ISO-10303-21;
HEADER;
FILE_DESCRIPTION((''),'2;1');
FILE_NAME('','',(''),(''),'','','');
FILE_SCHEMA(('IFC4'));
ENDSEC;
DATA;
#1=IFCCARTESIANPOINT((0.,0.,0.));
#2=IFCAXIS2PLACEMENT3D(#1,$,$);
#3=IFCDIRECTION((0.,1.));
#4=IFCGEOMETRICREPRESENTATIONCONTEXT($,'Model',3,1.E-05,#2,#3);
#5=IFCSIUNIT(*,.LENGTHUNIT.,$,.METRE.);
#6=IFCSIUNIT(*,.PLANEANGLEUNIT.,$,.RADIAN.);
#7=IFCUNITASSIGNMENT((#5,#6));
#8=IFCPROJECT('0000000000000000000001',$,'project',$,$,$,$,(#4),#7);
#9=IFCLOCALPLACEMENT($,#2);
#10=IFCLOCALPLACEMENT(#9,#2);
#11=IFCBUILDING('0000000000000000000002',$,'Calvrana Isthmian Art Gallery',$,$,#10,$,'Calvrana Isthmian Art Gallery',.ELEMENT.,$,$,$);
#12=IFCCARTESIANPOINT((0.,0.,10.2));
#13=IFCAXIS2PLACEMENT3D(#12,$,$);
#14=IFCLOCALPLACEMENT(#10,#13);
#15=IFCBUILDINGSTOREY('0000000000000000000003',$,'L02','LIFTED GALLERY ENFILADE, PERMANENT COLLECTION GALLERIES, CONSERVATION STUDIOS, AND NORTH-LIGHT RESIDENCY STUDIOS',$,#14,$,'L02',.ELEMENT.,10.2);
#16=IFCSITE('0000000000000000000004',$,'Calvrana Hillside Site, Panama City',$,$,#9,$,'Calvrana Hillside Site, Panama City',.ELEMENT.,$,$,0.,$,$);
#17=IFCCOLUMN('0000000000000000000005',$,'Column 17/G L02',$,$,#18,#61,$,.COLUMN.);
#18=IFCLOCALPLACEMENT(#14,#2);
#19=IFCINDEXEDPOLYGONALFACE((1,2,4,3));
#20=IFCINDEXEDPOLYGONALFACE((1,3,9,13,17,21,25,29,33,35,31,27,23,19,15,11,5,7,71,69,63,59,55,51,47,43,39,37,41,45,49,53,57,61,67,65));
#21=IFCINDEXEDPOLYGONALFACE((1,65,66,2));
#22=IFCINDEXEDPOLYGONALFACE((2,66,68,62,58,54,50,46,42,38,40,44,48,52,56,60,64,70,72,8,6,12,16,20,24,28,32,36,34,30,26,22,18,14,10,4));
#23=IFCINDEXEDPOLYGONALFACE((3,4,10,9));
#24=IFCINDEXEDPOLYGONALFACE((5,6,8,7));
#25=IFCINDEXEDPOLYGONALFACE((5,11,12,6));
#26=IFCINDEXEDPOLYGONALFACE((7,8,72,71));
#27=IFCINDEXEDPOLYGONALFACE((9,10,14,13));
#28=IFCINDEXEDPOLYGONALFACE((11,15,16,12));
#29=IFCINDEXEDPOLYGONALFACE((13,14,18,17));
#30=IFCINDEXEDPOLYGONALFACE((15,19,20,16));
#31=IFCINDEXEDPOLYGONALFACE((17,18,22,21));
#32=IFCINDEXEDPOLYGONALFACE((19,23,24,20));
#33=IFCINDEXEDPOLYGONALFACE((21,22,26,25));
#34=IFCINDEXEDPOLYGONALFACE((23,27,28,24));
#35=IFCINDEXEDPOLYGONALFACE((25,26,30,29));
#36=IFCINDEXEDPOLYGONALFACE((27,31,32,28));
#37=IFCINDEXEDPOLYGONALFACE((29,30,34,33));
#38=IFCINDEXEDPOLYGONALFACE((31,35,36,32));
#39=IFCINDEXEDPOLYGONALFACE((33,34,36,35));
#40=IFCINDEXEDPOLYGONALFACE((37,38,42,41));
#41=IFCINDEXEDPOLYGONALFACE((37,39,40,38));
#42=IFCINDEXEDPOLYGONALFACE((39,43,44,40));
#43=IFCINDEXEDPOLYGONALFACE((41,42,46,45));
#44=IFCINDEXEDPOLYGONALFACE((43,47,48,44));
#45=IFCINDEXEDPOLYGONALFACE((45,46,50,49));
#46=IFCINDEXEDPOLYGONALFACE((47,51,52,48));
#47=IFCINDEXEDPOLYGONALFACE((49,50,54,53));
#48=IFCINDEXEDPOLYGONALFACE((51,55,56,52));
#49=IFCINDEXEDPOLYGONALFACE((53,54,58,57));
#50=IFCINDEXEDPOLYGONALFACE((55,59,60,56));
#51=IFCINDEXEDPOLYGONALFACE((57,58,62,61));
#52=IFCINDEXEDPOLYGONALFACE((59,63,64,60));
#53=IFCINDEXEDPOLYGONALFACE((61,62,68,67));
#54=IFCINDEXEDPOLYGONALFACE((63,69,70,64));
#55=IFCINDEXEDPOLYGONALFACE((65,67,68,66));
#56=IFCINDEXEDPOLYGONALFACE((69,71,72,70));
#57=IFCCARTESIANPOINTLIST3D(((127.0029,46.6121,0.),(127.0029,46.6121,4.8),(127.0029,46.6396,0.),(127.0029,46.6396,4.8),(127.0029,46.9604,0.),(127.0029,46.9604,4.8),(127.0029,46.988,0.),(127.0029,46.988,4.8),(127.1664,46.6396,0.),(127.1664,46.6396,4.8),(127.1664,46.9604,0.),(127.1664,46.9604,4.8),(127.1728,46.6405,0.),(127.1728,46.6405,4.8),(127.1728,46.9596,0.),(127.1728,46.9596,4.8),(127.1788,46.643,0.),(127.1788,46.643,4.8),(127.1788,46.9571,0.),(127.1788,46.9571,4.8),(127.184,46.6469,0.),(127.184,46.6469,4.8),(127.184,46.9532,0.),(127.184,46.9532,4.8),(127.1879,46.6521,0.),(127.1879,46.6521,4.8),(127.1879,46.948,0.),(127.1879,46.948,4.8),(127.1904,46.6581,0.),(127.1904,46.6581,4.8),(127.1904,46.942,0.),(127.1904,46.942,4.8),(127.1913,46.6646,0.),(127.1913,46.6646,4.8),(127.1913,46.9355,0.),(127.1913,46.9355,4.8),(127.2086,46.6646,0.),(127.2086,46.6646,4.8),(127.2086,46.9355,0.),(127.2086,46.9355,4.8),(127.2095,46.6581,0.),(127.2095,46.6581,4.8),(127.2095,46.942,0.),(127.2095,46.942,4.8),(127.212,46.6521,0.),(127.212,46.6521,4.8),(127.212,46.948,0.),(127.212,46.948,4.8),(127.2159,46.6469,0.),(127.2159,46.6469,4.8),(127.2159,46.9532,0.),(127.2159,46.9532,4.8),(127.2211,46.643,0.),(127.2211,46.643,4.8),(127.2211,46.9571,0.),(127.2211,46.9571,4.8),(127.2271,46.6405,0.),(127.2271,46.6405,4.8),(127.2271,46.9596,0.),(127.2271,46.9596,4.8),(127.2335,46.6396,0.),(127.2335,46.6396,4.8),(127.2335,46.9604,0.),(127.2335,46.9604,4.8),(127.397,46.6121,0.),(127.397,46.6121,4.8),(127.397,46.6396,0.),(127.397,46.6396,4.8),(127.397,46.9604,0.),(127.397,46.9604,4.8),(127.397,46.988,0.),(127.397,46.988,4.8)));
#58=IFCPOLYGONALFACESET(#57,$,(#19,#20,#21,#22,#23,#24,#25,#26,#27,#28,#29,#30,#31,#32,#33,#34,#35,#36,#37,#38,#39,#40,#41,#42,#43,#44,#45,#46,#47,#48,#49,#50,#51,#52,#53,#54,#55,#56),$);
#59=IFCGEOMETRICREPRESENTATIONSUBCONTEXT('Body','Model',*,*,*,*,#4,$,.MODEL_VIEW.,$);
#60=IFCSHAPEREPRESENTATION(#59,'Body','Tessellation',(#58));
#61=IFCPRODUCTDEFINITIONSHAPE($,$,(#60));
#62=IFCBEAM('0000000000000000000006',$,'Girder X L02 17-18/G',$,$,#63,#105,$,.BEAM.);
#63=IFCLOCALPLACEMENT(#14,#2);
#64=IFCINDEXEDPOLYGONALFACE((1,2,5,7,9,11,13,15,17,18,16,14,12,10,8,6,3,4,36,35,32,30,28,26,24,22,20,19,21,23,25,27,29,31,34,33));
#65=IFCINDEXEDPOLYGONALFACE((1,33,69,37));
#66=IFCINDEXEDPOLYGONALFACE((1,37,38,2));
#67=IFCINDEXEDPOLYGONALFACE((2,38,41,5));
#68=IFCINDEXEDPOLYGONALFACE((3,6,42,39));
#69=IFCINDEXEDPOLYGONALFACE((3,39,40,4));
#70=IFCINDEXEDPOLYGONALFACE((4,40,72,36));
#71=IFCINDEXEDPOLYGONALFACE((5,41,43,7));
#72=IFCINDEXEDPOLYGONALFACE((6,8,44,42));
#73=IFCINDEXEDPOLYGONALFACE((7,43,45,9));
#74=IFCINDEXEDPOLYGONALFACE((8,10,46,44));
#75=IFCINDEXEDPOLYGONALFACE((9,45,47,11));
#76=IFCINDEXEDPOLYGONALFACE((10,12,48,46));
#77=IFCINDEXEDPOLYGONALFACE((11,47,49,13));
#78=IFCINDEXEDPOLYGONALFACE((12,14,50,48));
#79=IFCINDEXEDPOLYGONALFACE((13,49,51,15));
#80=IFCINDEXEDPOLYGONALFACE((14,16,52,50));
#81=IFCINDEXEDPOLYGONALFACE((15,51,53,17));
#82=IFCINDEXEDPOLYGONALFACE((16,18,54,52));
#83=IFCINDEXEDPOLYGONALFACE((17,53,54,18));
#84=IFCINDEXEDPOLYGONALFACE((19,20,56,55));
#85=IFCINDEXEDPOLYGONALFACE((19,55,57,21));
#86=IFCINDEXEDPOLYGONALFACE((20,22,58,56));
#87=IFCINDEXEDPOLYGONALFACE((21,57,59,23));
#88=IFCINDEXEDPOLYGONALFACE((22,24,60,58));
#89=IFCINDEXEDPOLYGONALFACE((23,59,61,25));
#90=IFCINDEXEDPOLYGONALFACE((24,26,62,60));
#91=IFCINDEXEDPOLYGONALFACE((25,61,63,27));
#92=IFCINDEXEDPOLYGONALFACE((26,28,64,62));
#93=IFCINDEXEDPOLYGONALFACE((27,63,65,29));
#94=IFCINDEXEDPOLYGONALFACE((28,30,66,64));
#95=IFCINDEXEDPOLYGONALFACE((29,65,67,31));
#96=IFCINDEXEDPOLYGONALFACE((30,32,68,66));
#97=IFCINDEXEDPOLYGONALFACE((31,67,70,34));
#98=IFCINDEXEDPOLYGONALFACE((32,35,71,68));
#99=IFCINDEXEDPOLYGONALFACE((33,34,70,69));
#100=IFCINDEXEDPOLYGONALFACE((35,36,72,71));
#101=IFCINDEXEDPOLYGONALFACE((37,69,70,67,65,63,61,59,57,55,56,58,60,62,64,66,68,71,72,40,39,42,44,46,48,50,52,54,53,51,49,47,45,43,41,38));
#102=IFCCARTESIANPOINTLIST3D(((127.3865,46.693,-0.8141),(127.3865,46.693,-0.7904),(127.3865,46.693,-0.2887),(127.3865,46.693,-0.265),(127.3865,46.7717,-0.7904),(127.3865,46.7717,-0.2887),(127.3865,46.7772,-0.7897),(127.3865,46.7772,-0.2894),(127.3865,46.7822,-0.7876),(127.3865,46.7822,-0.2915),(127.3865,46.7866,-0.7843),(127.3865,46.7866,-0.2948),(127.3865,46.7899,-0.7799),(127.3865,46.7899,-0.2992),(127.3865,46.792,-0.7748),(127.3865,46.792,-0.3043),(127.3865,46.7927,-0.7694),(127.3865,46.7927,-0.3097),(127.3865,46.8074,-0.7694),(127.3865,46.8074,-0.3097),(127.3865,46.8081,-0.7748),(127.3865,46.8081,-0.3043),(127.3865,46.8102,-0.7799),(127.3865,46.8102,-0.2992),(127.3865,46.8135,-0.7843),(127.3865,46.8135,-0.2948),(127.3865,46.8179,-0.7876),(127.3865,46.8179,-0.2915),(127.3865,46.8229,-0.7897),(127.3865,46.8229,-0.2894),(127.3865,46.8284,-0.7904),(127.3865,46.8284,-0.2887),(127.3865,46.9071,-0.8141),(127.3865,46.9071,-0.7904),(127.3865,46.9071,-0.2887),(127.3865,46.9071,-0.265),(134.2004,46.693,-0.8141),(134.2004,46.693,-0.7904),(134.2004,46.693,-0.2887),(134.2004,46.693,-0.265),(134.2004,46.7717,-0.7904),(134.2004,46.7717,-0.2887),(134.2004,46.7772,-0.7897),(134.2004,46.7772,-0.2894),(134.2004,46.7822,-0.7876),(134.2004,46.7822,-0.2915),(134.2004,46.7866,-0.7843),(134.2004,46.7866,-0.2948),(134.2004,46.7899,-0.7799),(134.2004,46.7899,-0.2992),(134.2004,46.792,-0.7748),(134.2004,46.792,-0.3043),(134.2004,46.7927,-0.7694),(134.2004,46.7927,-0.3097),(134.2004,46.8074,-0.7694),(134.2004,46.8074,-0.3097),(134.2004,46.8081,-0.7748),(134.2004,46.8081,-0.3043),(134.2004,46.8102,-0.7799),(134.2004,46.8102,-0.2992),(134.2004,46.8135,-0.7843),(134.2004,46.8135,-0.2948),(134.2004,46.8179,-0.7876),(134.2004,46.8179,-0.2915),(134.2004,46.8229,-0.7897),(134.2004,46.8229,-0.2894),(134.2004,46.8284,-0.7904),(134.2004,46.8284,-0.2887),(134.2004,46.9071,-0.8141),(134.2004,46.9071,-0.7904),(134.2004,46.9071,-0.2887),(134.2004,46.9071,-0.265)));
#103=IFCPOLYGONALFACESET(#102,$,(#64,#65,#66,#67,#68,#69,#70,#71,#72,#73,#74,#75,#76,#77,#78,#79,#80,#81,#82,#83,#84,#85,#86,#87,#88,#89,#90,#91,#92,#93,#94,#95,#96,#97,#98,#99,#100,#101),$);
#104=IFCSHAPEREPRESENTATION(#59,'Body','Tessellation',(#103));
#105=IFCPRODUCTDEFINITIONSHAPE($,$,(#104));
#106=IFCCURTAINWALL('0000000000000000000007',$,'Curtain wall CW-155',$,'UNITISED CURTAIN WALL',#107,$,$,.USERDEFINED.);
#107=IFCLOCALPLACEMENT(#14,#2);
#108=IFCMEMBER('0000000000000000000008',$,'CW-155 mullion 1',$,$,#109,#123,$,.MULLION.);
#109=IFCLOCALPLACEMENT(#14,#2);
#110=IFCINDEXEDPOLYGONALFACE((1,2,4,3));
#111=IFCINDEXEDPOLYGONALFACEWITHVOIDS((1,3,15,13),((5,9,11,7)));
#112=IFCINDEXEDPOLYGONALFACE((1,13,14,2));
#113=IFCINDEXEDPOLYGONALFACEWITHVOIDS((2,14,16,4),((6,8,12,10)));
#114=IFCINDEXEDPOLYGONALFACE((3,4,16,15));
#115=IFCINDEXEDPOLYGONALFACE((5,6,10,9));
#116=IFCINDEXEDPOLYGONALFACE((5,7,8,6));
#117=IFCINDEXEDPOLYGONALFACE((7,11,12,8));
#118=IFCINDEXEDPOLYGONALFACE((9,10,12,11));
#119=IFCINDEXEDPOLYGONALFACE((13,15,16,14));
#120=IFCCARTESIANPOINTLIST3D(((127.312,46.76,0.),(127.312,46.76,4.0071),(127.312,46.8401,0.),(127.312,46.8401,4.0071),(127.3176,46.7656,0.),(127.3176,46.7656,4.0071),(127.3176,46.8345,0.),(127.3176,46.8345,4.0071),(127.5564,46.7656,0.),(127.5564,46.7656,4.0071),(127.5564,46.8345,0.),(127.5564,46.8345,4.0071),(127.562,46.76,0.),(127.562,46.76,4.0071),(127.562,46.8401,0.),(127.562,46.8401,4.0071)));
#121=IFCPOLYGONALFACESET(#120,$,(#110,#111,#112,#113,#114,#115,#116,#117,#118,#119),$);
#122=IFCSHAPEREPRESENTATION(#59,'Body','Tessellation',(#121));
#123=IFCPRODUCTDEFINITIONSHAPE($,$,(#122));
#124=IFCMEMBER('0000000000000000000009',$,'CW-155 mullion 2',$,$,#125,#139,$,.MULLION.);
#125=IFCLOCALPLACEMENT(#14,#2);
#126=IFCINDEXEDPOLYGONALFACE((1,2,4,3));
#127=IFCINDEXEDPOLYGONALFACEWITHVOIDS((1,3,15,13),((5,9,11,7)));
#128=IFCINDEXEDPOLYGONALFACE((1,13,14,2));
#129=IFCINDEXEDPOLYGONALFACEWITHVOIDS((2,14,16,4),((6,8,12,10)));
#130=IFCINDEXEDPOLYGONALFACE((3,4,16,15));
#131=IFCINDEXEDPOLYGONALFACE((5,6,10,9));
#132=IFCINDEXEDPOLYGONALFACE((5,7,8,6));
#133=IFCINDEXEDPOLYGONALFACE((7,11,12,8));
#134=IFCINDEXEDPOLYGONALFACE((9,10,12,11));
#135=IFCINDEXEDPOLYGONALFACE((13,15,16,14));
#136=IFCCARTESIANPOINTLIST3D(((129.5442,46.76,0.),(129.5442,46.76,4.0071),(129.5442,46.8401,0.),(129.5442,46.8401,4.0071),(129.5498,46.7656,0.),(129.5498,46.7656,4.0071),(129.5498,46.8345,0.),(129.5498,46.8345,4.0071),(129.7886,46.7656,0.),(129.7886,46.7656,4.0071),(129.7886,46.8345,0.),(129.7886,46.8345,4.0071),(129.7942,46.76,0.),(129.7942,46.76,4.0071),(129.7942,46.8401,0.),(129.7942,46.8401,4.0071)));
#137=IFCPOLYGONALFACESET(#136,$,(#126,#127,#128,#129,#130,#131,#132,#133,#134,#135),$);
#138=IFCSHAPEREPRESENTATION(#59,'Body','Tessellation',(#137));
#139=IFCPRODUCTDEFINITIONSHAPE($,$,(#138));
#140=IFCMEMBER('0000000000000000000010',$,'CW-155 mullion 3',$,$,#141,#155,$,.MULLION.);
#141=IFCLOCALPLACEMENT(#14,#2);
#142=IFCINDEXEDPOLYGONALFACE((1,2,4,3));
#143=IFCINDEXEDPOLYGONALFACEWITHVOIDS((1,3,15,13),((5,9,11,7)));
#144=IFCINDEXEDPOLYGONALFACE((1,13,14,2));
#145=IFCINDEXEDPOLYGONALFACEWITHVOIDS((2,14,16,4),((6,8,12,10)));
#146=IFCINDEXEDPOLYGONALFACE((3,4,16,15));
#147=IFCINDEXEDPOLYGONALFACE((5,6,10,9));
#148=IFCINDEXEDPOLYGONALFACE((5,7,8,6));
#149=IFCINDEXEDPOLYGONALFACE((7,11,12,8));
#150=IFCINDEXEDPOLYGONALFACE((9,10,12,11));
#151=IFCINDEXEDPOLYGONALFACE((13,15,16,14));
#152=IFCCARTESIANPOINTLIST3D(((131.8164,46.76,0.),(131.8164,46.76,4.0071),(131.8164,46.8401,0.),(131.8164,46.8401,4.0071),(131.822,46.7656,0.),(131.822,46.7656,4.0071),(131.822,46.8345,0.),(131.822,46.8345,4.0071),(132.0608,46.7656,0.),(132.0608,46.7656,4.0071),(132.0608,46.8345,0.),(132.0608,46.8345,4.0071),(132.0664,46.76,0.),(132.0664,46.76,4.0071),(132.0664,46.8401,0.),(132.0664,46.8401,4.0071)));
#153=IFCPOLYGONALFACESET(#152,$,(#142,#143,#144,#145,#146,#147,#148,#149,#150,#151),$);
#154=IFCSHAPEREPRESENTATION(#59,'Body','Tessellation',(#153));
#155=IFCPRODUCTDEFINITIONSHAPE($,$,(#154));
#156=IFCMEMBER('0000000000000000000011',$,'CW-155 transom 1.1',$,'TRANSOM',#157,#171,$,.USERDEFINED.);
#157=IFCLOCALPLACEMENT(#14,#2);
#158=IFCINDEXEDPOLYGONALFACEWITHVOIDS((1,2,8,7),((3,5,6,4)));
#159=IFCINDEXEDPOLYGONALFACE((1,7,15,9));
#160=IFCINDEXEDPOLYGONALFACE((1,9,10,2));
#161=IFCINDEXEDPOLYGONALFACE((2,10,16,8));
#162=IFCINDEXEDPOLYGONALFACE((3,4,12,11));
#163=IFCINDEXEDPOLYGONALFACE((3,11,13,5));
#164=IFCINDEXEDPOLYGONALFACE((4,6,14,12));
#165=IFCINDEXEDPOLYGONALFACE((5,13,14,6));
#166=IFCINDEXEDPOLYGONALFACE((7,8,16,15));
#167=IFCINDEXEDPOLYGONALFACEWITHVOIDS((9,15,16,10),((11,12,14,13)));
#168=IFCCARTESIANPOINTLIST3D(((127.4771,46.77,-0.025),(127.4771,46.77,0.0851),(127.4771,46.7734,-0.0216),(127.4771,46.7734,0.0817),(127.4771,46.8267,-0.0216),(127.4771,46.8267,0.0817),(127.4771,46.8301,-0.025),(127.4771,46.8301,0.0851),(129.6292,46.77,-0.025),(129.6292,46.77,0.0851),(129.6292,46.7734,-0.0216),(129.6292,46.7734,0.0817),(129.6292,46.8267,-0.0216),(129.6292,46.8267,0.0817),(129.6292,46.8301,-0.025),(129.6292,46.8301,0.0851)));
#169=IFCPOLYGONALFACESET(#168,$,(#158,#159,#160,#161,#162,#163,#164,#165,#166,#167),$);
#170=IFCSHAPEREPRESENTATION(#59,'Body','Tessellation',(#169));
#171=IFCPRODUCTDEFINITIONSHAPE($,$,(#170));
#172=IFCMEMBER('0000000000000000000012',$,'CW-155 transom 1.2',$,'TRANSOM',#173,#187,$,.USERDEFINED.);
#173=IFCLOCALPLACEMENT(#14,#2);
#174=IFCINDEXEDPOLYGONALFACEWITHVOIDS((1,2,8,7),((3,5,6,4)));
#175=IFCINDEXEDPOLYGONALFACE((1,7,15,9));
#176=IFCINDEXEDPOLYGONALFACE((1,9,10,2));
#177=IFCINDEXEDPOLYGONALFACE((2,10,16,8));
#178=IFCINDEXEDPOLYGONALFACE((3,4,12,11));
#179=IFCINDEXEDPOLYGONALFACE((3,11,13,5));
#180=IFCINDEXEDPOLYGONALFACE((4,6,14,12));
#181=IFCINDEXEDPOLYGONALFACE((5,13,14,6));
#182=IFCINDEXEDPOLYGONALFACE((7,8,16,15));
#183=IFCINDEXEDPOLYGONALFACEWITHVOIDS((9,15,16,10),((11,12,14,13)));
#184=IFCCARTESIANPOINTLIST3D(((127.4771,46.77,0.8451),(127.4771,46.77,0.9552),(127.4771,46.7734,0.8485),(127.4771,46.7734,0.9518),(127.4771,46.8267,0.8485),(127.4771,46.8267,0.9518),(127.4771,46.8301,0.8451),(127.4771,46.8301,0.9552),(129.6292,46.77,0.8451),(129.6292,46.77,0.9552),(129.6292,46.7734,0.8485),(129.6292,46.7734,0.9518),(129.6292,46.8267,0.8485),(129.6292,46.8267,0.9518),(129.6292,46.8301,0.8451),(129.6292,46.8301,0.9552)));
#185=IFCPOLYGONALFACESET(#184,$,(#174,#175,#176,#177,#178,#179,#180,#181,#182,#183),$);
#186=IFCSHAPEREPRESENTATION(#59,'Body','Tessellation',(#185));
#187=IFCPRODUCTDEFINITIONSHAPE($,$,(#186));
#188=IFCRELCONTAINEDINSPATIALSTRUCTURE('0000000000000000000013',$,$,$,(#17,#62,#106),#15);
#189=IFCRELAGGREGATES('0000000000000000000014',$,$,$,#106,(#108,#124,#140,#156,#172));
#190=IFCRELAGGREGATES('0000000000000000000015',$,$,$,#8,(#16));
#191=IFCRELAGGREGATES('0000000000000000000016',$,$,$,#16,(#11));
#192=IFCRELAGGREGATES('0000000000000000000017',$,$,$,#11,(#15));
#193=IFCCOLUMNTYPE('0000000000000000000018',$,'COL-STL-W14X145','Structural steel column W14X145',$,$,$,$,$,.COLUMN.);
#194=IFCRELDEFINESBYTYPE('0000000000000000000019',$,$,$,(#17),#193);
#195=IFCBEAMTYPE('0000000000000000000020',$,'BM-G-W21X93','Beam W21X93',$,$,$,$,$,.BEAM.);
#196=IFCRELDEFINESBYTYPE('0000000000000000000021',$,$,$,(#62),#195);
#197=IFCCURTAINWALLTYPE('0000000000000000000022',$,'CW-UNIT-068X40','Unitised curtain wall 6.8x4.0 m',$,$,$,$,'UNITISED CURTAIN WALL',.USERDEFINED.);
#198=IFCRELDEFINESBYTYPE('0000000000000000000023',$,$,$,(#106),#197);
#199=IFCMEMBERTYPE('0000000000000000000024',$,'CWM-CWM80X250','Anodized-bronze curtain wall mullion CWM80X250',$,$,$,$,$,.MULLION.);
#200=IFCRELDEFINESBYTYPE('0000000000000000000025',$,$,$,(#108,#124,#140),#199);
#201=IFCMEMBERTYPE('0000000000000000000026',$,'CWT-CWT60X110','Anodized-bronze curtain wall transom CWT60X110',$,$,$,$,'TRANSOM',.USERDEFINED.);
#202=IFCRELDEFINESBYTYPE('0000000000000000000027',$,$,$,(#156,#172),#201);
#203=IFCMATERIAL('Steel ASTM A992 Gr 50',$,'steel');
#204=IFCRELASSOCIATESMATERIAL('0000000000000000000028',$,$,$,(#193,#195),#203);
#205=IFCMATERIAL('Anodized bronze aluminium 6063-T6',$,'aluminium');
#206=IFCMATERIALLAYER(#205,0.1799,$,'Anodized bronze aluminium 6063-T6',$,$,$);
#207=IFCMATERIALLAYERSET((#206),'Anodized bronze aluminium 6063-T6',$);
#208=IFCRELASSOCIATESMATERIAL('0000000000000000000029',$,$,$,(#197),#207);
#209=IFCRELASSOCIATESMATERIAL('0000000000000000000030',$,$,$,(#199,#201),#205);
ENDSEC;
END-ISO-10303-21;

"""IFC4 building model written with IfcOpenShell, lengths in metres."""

from ifc_helpers import new_model, si_unit, direction, frame, origin, origin_2d, place, context, subcontext, project, spatial, hollow_rectangle, i_section, extrude, material, layer, layer_set, material_profile, profile_set, type_object, element, aggregate, save


model = new_model("IFC4")

# Units and contexts
model_context = context("Model", 3, precision=1e-05, world=origin(), true_north=direction((0.0, 1.0)))
body_context = subcontext(model_context, "Body", "Model", "MODEL_VIEW")
ifc_project = project(units=[si_unit("LENGTHUNIT", "METRE"), si_unit("PLANEANGLEUNIT", "RADIAN")], contexts=[model_context])

# Site, building, storey
site_placement = place(None, origin())
site = spatial("IfcSite", under=ifc_project, at=site_placement, Name="Calvrana Hillside Site, Panama City", LongName="Calvrana Hillside Site, Panama City", CompositionType="ELEMENT", RefElevation=0.0)
building_placement = place(site_placement, origin())
building = spatial("IfcBuilding", under=site, at=building_placement, Name="Calvrana Isthmian Art Gallery", LongName="Calvrana Isthmian Art Gallery", CompositionType="ELEMENT")
storey_placement = place(building_placement, frame((0.0, 0.0, 10.2)))
storey = spatial("IfcBuildingStorey", under=building, at=storey_placement, Name="L02", Description="LIFTED GALLERY ENFILADE, PERMANENT COLLECTION GALLERIES, CONSERVATION STUDIOS, AND NORTH-LIGHT RESIDENCY STUDIOS", LongName="L02", CompositionType="ELEMENT", Elevation=10.2)

# Column
ifc_material_1 = material(Name="Steel ASTM A992 Gr 50", Category="steel")
ifc_material_profile_1 = material_profile(ifc_material_1, i_section(OverallWidth=0.394, OverallDepth=0.376, WebThickness=0.0173, FlangeThickness=0.0276, FilletRadius=0.0249, at=origin_2d()), Name="W14X145")
ifc_profile_set_1 = profile_set([ifc_material_profile_1], Name="Steel ASTM A992 Gr 50")
column_type = type_object("IfcColumnType", Name="COL-STL-W14X145", Description="Structural steel column W14X145", PredefinedType="COLUMN", material=ifc_profile_set_1)
column_placement = place(storey_placement, frame((127.2, 46.8, 0.0), z_axis=(0.0, 0.0, 1.0), x_axis=(1.0, 0.0, 0.0)))
element("IfcColumn", 1, at=column_placement, inside=storey, type_object=column_type, Name="Column 17/G L02", PredefinedType="COLUMN", context=body_context, shape_type="SweptSolid", body=[
    extrude(i_section(OverallWidth=0.394, OverallDepth=0.376, WebThickness=0.0173, FlangeThickness=0.0276, FilletRadius=0.0249, at=origin_2d()), origin(), (0.0, 0.0, 1.0), 4.8),
])

# Beam
ifc_material_profile_2 = material_profile(ifc_material_1, i_section(OverallWidth=0.2141, OverallDepth=0.5491, WebThickness=0.0146, FlangeThickness=0.0237, FilletRadius=0.021, at=origin_2d()), Name="W21X93")
ifc_profile_set_2 = profile_set([ifc_material_profile_2], Name="Steel ASTM A992 Gr 50")
beam_type = type_object("IfcBeamType", Name="BM-G-W21X93", Description="Beam W21X93", PredefinedType="BEAM", material=ifc_profile_set_2)
beam_placement = place(storey_placement, frame((127.3865, 46.8, -0.5396), z_axis=(1.0, 0.0, 0.0), x_axis=(0.0, 1.0, 0.0)))
element("IfcBeam", 2, at=beam_placement, inside=storey, type_object=beam_type, Name="Girder X L02 17-18/G", PredefinedType="BEAM", context=body_context, shape_type="SweptSolid", body=[
    extrude(i_section(OverallWidth=0.2141, OverallDepth=0.5491, WebThickness=0.0146, FlangeThickness=0.0237, FilletRadius=0.021, at=origin_2d()), origin(), (0.0, 0.0, 1.0), 6.814),
])

# Curtain wall, members
ifc_material_2 = material(Name="Anodized bronze aluminium 6063-T6", Category="aluminium")
ifc_layer_1 = layer(ifc_material_2, 0.1799, Name="Anodized bronze aluminium 6063-T6")
ifc_layer_set_1 = layer_set([ifc_layer_1], Name="Anodized bronze aluminium 6063-T6")
curtain_wall_type = type_object("IfcCurtainWallType", Name="CW-UNIT-068X40", Description="Unitised curtain wall 6.8x4.0 m", ElementType="UNITISED CURTAIN WALL", PredefinedType="USERDEFINED", material=ifc_layer_set_1)
curtain_wall_placement = place(storey_placement, origin())
curtain_wall = element("IfcCurtainWall", 3, at=curtain_wall_placement, inside=storey, type_object=curtain_wall_type, Name="Curtain wall CW-155", ObjectType="UNITISED CURTAIN WALL", PredefinedType="USERDEFINED")
ifc_material_profile_3 = material_profile(ifc_material_2, hollow_rectangle(XDim=0.0801, YDim=0.25, WallThickness=0.0056, at=origin_2d()), Name="CWM80X250")
ifc_profile_set_3 = profile_set([ifc_material_profile_3], Name="Anodized bronze aluminium 6063-T6")
member_type_1 = type_object("IfcMemberType", Name="CWM-CWM80X250", Description="Anodized-bronze curtain wall mullion CWM80X250", PredefinedType="MULLION", material=ifc_profile_set_3)
member_1_placement = place(storey_placement, frame((127.437, 46.8, 0.0), z_axis=(0.0, 0.0, 1.0), x_axis=(0.0, 1.0, 0.0)))
member_1 = element("IfcMember", 4, at=member_1_placement, type_object=member_type_1, Name="CW-155 mullion 1", PredefinedType="MULLION", context=body_context, shape_type="SweptSolid", body=[
    extrude(hollow_rectangle(XDim=0.0801, YDim=0.25, WallThickness=0.0056, at=origin_2d()), origin(), (0.0, 0.0, 1.0), 4.0071),
])
member_2_placement = place(storey_placement, frame((129.6692, 46.8, 0.0), z_axis=(0.0, 0.0, 1.0), x_axis=(0.0, 1.0, 0.0)))
member_2 = element("IfcMember", 5, at=member_2_placement, type_object=member_type_1, Name="CW-155 mullion 2", PredefinedType="MULLION", context=body_context, shape_type="SweptSolid", body=[
    extrude(hollow_rectangle(XDim=0.0801, YDim=0.25, WallThickness=0.0056, at=origin_2d()), origin(), (0.0, 0.0, 1.0), 4.0071),
])
member_3_placement = place(storey_placement, frame((131.9414, 46.8, 0.0), z_axis=(0.0, 0.0, 1.0), x_axis=(0.0, 1.0, 0.0)))
member_3 = element("IfcMember", 6, at=member_3_placement, type_object=member_type_1, Name="CW-155 mullion 3", PredefinedType="MULLION", context=body_context, shape_type="SweptSolid", body=[
    extrude(hollow_rectangle(XDim=0.0801, YDim=0.25, WallThickness=0.0056, at=origin_2d()), origin(), (0.0, 0.0, 1.0), 4.0071),
])
ifc_material_profile_4 = material_profile(ifc_material_2, hollow_rectangle(XDim=0.0601, YDim=0.1101, WallThickness=0.0034, at=origin_2d()), Name="CWT60X110")
ifc_profile_set_4 = profile_set([ifc_material_profile_4], Name="Anodized bronze aluminium 6063-T6")
member_type_2 = type_object("IfcMemberType", Name="CWT-CWT60X110", Description="Anodized-bronze curtain wall transom CWT60X110", ElementType="TRANSOM", PredefinedType="USERDEFINED", material=ifc_profile_set_4)
member_4_placement = place(storey_placement, frame((127.4771, 46.8, 0.03), z_axis=(1.0, 0.0, 0.0), x_axis=(0.0, 1.0, 0.0)))
member_4 = element("IfcMember", 7, at=member_4_placement, type_object=member_type_2, Name="CW-155 transom 1.1", ObjectType="TRANSOM", PredefinedType="USERDEFINED", context=body_context, shape_type="SweptSolid", body=[
    extrude(hollow_rectangle(XDim=0.0601, YDim=0.1101, WallThickness=0.0034, at=origin_2d()), origin(), (0.0, 0.0, 1.0), 2.1521),
])
member_5_placement = place(storey_placement, frame((127.4771, 46.8, 0.9001), z_axis=(1.0, 0.0, 0.0), x_axis=(0.0, 1.0, 0.0)))
member_5 = element("IfcMember", 8, at=member_5_placement, type_object=member_type_2, Name="CW-155 transom 1.2", ObjectType="TRANSOM", PredefinedType="USERDEFINED", context=body_context, shape_type="SweptSolid", body=[
    extrude(hollow_rectangle(XDim=0.0601, YDim=0.1101, WallThickness=0.0034, at=origin_2d()), origin(), (0.0, 0.0, 1.0), 2.1521),
])
aggregate(curtain_wall, [member_1, member_2, member_3, member_4, member_5])

save(model, "model.ifc")
